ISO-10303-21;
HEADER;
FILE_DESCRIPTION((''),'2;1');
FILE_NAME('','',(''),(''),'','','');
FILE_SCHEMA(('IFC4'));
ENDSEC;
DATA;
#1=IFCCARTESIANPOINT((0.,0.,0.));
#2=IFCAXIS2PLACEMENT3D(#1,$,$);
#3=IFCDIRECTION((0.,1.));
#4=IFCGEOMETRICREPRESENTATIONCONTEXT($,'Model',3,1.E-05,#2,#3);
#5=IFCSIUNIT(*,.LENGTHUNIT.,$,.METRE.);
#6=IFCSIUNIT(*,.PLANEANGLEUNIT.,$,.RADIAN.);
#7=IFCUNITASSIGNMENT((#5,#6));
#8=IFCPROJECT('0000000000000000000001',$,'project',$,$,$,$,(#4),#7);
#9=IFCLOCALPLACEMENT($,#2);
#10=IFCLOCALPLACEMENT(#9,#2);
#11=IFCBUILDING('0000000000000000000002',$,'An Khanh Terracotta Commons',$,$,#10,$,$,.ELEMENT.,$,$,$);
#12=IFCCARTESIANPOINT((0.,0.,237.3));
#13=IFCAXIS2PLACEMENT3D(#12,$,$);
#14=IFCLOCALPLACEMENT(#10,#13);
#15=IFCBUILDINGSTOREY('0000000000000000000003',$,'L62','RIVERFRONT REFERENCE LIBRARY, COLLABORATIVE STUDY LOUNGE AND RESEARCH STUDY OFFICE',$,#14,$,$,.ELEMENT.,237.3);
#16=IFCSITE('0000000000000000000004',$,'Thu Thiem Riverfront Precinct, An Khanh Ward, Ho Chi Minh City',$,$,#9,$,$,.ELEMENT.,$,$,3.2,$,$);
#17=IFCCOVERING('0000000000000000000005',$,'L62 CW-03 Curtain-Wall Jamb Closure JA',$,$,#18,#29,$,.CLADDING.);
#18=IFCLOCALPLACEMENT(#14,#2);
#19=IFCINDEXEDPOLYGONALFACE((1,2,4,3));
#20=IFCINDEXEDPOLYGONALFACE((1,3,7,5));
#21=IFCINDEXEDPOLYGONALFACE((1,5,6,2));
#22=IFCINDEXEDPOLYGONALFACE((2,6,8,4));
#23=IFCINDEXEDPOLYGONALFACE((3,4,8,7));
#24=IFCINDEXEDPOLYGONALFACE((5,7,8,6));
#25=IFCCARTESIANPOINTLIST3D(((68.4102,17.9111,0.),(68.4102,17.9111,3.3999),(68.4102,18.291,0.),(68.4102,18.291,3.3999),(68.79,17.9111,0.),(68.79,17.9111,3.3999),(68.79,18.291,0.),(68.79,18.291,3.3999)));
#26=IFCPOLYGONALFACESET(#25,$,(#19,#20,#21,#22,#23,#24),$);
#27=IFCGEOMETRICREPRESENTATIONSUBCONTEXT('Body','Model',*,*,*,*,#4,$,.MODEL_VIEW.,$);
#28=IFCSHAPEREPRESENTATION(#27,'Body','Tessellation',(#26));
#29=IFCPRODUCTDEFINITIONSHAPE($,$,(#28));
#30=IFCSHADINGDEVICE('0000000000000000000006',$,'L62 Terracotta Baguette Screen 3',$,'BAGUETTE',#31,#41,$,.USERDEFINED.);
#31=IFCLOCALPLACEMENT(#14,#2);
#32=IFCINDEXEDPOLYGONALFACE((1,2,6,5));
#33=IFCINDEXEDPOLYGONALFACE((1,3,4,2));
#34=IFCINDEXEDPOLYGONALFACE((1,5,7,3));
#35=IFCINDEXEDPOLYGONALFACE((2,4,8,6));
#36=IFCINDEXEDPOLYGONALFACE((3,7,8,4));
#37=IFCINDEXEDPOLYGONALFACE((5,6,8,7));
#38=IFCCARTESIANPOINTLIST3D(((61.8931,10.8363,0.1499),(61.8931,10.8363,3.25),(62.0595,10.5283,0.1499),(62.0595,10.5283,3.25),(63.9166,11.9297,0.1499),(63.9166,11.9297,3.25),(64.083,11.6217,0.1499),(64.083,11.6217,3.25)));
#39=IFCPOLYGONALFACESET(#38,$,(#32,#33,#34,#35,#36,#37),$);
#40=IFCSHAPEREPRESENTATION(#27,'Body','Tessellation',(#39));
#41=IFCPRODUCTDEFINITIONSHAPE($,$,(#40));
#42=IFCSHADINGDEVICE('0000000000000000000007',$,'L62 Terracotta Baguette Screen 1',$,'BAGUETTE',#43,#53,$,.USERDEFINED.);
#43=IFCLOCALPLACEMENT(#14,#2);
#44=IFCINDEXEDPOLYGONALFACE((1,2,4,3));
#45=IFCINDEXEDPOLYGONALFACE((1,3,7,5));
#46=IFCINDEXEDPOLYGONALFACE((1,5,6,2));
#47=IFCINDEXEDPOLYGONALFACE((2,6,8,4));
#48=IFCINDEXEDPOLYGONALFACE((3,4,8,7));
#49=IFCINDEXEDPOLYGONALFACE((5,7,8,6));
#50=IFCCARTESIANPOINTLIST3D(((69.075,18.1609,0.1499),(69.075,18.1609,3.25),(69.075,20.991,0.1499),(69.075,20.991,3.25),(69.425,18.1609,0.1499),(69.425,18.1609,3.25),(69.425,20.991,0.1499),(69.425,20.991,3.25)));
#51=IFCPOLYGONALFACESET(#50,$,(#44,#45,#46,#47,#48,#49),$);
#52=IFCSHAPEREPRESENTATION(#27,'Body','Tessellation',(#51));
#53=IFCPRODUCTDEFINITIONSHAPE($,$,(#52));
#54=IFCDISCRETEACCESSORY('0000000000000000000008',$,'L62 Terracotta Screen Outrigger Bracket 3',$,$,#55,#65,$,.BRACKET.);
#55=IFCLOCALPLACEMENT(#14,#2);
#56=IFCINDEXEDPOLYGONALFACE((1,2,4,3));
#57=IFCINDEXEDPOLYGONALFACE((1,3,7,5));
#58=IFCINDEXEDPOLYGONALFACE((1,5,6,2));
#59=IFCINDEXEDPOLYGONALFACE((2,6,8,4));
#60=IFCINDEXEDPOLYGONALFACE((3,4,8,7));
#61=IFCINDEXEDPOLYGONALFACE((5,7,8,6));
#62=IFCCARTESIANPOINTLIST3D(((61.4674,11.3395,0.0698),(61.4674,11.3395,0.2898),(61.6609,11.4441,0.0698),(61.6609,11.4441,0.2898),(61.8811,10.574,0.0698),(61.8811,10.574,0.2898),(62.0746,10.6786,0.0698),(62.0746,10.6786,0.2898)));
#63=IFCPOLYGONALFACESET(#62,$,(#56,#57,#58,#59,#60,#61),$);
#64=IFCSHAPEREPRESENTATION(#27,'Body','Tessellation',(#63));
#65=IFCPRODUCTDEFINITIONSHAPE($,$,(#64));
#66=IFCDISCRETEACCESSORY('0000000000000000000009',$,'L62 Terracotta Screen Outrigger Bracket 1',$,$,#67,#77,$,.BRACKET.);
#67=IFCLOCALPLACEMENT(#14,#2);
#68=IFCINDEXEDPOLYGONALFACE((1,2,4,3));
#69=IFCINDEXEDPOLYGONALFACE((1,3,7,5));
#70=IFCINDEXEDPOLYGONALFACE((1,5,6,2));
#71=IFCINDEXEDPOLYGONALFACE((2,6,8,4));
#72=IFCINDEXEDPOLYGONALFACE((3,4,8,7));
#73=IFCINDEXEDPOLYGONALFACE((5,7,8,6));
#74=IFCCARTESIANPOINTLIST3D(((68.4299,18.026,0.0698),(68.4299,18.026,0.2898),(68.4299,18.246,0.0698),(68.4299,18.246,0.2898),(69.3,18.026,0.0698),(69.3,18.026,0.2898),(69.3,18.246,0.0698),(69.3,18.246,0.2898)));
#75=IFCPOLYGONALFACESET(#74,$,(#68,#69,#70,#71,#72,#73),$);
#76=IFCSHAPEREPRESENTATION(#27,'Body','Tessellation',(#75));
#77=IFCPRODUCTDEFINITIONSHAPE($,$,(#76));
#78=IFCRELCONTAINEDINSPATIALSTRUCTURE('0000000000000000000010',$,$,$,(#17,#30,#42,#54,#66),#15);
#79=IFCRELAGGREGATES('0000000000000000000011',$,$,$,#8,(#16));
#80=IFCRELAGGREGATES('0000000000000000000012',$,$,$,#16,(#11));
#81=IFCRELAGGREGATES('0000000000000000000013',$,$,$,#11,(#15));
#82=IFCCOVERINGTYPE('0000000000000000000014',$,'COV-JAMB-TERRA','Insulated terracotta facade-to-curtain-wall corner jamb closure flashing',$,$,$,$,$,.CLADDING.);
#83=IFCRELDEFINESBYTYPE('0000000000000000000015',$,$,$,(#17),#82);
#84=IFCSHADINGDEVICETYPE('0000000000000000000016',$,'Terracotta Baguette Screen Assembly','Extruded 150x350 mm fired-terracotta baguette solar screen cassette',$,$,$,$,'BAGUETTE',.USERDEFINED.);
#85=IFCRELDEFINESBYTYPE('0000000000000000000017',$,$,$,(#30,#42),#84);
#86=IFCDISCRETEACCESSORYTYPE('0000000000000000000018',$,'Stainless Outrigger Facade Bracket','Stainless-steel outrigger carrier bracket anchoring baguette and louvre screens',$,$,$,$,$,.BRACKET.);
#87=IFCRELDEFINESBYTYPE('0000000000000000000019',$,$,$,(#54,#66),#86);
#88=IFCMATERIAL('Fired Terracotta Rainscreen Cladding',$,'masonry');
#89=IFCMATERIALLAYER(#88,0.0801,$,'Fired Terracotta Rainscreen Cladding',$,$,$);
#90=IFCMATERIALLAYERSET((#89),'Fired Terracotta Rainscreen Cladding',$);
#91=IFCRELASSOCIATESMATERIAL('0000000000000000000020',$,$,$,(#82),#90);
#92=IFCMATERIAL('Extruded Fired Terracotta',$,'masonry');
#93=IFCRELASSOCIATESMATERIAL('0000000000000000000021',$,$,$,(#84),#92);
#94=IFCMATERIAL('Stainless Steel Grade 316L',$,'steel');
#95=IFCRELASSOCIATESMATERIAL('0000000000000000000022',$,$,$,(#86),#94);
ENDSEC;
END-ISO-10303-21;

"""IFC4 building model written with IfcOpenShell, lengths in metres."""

from ifc_helpers import new_model, si_unit, direction, frame, origin, origin_2d, place, context, subcontext, project, spatial, rectangle, extrude, material, layer, layer_set, type_object, element, save


model = new_model("IFC4")

# Units and contexts
model_context = context("Model", 3, precision=1e-05, world=origin(), true_north=direction((0.0, 1.0)))
body_context = subcontext(model_context, "Body", "Model", "MODEL_VIEW")
ifc_project = project(units=[si_unit("LENGTHUNIT", "METRE"), si_unit("PLANEANGLEUNIT", "RADIAN")], contexts=[model_context])

# Site, building, storey
site_placement = place(None, origin())
site = spatial("IfcSite", under=ifc_project, at=site_placement, Name="Thu Thiem Riverfront Precinct, An Khanh Ward, Ho Chi Minh City", CompositionType="ELEMENT", RefElevation=3.2)
building_placement = place(site_placement, origin())
building = spatial("IfcBuilding", under=site, at=building_placement, Name="An Khanh Terracotta Commons", CompositionType="ELEMENT")
storey_placement = place(building_placement, frame((0.0, 0.0, 237.3)))
storey = spatial("IfcBuildingStorey", under=building, at=storey_placement, Name="L62", Description="RIVERFRONT REFERENCE LIBRARY, COLLABORATIVE STUDY LOUNGE AND RESEARCH STUDY OFFICE", CompositionType="ELEMENT", Elevation=237.3)

# Covering
ifc_material_1 = material(Name="Fired Terracotta Rainscreen Cladding", Category="masonry")
ifc_layer_1 = layer(ifc_material_1, 0.0801, Name="Fired Terracotta Rainscreen Cladding")
ifc_layer_set_1 = layer_set([ifc_layer_1], Name="Fired Terracotta Rainscreen Cladding")
covering_type = type_object("IfcCoveringType", Name="COV-JAMB-TERRA", Description="Insulated terracotta facade-to-curtain-wall corner jamb closure flashing", PredefinedType="CLADDING", material=ifc_layer_set_1)
for number, where, z_axis, x_axis, name in (
    (1, (68.6001, 18.1011, 0.0), (0.0, 0.0, 1.0), (1.0, 0.0, 0.0), "L62 CW-03 Curtain-Wall Jamb Closure JA"),
):
    element("IfcCovering", number, at=place(storey_placement, frame(where, z_axis=z_axis, x_axis=x_axis)), inside=storey, type_object=covering_type, Name=name, PredefinedType="CLADDING", context=body_context, shape_type="SweptSolid", body=[
        extrude(rectangle(XDim=0.3799, YDim=0.3799, at=origin_2d()), origin(), (0.0, 0.0, 1.0), 3.3999),
    ])

# Shading devices
ifc_material_2 = material(Name="Extruded Fired Terracotta", Category="masonry")
shading_device_type = type_object("IfcShadingDeviceType", Name="Terracotta Baguette Screen Assembly", Description="Extruded 150x350 mm fired-terracotta baguette solar screen cassette", ElementType="BAGUETTE", PredefinedType="USERDEFINED", material=ifc_material_2)
shading_device_1_placement = place(storey_placement, frame((62.988, 11.229, 0.1499), z_axis=(0.0, 0.0, 1.0), x_axis=(0.87978, 0.475381, 0.0)))
element("IfcShadingDevice", 2, at=shading_device_1_placement, inside=storey, type_object=shading_device_type, Name="L62 Terracotta Baguette Screen 3", ObjectType="BAGUETTE", PredefinedType="USERDEFINED", context=body_context, shape_type="SweptSolid", body=[
    extrude(rectangle(XDim=2.3, YDim=0.3501, at=origin_2d()), origin(), (0.0, 0.0, 1.0), 3.1001),
])
shading_device_2_placement = place(storey_placement, frame((69.25, 19.5759, 0.1499), z_axis=(0.0, 0.0, 1.0), x_axis=(0.0, 1.0, 0.0)))
element("IfcShadingDevice", 3, at=shading_device_2_placement, inside=storey, type_object=shading_device_type, Name="L62 Terracotta Baguette Screen 1", ObjectType="BAGUETTE", PredefinedType="USERDEFINED", context=body_context, shape_type="SweptSolid", body=[
    extrude(rectangle(XDim=2.8301, YDim=0.3501, at=origin_2d()), origin(), (0.0, 0.0, 1.0), 3.1001),
])

# Discrete accessories
ifc_material_3 = material(Name="Stainless Steel Grade 316L", Category="steel")
discrete_accessory_type = type_object("IfcDiscreteAccessoryType", Name="Stainless Outrigger Facade Bracket", Description="Stainless-steel outrigger carrier bracket anchoring baguette and louvre screens", PredefinedType="BRACKET", material=ifc_material_3)
for number, where, z_axis, x_axis, name in (
    (4, (61.771, 11.009, 0.0698), (0.0, 0.0, 1.0), (0.87978, 0.475381, 0.0), "L62 Terracotta Screen Outrigger Bracket 3"),
    (5, (68.865, 18.136, 0.0698), (0.0, 0.0, 1.0), (0.0, 1.0, 0.0), "L62 Terracotta Screen Outrigger Bracket 1"),
):
    element("IfcDiscreteAccessory", number, at=place(storey_placement, frame(where, z_axis=z_axis, x_axis=x_axis)), inside=storey, type_object=discrete_accessory_type, Name=name, PredefinedType="BRACKET", context=body_context, shape_type="SweptSolid", body=[
        extrude(rectangle(XDim=0.22, YDim=0.8701, at=origin_2d()), origin(), (0.0, 0.0, 1.0), 0.22),
    ])

save(model, "model.ifc")
